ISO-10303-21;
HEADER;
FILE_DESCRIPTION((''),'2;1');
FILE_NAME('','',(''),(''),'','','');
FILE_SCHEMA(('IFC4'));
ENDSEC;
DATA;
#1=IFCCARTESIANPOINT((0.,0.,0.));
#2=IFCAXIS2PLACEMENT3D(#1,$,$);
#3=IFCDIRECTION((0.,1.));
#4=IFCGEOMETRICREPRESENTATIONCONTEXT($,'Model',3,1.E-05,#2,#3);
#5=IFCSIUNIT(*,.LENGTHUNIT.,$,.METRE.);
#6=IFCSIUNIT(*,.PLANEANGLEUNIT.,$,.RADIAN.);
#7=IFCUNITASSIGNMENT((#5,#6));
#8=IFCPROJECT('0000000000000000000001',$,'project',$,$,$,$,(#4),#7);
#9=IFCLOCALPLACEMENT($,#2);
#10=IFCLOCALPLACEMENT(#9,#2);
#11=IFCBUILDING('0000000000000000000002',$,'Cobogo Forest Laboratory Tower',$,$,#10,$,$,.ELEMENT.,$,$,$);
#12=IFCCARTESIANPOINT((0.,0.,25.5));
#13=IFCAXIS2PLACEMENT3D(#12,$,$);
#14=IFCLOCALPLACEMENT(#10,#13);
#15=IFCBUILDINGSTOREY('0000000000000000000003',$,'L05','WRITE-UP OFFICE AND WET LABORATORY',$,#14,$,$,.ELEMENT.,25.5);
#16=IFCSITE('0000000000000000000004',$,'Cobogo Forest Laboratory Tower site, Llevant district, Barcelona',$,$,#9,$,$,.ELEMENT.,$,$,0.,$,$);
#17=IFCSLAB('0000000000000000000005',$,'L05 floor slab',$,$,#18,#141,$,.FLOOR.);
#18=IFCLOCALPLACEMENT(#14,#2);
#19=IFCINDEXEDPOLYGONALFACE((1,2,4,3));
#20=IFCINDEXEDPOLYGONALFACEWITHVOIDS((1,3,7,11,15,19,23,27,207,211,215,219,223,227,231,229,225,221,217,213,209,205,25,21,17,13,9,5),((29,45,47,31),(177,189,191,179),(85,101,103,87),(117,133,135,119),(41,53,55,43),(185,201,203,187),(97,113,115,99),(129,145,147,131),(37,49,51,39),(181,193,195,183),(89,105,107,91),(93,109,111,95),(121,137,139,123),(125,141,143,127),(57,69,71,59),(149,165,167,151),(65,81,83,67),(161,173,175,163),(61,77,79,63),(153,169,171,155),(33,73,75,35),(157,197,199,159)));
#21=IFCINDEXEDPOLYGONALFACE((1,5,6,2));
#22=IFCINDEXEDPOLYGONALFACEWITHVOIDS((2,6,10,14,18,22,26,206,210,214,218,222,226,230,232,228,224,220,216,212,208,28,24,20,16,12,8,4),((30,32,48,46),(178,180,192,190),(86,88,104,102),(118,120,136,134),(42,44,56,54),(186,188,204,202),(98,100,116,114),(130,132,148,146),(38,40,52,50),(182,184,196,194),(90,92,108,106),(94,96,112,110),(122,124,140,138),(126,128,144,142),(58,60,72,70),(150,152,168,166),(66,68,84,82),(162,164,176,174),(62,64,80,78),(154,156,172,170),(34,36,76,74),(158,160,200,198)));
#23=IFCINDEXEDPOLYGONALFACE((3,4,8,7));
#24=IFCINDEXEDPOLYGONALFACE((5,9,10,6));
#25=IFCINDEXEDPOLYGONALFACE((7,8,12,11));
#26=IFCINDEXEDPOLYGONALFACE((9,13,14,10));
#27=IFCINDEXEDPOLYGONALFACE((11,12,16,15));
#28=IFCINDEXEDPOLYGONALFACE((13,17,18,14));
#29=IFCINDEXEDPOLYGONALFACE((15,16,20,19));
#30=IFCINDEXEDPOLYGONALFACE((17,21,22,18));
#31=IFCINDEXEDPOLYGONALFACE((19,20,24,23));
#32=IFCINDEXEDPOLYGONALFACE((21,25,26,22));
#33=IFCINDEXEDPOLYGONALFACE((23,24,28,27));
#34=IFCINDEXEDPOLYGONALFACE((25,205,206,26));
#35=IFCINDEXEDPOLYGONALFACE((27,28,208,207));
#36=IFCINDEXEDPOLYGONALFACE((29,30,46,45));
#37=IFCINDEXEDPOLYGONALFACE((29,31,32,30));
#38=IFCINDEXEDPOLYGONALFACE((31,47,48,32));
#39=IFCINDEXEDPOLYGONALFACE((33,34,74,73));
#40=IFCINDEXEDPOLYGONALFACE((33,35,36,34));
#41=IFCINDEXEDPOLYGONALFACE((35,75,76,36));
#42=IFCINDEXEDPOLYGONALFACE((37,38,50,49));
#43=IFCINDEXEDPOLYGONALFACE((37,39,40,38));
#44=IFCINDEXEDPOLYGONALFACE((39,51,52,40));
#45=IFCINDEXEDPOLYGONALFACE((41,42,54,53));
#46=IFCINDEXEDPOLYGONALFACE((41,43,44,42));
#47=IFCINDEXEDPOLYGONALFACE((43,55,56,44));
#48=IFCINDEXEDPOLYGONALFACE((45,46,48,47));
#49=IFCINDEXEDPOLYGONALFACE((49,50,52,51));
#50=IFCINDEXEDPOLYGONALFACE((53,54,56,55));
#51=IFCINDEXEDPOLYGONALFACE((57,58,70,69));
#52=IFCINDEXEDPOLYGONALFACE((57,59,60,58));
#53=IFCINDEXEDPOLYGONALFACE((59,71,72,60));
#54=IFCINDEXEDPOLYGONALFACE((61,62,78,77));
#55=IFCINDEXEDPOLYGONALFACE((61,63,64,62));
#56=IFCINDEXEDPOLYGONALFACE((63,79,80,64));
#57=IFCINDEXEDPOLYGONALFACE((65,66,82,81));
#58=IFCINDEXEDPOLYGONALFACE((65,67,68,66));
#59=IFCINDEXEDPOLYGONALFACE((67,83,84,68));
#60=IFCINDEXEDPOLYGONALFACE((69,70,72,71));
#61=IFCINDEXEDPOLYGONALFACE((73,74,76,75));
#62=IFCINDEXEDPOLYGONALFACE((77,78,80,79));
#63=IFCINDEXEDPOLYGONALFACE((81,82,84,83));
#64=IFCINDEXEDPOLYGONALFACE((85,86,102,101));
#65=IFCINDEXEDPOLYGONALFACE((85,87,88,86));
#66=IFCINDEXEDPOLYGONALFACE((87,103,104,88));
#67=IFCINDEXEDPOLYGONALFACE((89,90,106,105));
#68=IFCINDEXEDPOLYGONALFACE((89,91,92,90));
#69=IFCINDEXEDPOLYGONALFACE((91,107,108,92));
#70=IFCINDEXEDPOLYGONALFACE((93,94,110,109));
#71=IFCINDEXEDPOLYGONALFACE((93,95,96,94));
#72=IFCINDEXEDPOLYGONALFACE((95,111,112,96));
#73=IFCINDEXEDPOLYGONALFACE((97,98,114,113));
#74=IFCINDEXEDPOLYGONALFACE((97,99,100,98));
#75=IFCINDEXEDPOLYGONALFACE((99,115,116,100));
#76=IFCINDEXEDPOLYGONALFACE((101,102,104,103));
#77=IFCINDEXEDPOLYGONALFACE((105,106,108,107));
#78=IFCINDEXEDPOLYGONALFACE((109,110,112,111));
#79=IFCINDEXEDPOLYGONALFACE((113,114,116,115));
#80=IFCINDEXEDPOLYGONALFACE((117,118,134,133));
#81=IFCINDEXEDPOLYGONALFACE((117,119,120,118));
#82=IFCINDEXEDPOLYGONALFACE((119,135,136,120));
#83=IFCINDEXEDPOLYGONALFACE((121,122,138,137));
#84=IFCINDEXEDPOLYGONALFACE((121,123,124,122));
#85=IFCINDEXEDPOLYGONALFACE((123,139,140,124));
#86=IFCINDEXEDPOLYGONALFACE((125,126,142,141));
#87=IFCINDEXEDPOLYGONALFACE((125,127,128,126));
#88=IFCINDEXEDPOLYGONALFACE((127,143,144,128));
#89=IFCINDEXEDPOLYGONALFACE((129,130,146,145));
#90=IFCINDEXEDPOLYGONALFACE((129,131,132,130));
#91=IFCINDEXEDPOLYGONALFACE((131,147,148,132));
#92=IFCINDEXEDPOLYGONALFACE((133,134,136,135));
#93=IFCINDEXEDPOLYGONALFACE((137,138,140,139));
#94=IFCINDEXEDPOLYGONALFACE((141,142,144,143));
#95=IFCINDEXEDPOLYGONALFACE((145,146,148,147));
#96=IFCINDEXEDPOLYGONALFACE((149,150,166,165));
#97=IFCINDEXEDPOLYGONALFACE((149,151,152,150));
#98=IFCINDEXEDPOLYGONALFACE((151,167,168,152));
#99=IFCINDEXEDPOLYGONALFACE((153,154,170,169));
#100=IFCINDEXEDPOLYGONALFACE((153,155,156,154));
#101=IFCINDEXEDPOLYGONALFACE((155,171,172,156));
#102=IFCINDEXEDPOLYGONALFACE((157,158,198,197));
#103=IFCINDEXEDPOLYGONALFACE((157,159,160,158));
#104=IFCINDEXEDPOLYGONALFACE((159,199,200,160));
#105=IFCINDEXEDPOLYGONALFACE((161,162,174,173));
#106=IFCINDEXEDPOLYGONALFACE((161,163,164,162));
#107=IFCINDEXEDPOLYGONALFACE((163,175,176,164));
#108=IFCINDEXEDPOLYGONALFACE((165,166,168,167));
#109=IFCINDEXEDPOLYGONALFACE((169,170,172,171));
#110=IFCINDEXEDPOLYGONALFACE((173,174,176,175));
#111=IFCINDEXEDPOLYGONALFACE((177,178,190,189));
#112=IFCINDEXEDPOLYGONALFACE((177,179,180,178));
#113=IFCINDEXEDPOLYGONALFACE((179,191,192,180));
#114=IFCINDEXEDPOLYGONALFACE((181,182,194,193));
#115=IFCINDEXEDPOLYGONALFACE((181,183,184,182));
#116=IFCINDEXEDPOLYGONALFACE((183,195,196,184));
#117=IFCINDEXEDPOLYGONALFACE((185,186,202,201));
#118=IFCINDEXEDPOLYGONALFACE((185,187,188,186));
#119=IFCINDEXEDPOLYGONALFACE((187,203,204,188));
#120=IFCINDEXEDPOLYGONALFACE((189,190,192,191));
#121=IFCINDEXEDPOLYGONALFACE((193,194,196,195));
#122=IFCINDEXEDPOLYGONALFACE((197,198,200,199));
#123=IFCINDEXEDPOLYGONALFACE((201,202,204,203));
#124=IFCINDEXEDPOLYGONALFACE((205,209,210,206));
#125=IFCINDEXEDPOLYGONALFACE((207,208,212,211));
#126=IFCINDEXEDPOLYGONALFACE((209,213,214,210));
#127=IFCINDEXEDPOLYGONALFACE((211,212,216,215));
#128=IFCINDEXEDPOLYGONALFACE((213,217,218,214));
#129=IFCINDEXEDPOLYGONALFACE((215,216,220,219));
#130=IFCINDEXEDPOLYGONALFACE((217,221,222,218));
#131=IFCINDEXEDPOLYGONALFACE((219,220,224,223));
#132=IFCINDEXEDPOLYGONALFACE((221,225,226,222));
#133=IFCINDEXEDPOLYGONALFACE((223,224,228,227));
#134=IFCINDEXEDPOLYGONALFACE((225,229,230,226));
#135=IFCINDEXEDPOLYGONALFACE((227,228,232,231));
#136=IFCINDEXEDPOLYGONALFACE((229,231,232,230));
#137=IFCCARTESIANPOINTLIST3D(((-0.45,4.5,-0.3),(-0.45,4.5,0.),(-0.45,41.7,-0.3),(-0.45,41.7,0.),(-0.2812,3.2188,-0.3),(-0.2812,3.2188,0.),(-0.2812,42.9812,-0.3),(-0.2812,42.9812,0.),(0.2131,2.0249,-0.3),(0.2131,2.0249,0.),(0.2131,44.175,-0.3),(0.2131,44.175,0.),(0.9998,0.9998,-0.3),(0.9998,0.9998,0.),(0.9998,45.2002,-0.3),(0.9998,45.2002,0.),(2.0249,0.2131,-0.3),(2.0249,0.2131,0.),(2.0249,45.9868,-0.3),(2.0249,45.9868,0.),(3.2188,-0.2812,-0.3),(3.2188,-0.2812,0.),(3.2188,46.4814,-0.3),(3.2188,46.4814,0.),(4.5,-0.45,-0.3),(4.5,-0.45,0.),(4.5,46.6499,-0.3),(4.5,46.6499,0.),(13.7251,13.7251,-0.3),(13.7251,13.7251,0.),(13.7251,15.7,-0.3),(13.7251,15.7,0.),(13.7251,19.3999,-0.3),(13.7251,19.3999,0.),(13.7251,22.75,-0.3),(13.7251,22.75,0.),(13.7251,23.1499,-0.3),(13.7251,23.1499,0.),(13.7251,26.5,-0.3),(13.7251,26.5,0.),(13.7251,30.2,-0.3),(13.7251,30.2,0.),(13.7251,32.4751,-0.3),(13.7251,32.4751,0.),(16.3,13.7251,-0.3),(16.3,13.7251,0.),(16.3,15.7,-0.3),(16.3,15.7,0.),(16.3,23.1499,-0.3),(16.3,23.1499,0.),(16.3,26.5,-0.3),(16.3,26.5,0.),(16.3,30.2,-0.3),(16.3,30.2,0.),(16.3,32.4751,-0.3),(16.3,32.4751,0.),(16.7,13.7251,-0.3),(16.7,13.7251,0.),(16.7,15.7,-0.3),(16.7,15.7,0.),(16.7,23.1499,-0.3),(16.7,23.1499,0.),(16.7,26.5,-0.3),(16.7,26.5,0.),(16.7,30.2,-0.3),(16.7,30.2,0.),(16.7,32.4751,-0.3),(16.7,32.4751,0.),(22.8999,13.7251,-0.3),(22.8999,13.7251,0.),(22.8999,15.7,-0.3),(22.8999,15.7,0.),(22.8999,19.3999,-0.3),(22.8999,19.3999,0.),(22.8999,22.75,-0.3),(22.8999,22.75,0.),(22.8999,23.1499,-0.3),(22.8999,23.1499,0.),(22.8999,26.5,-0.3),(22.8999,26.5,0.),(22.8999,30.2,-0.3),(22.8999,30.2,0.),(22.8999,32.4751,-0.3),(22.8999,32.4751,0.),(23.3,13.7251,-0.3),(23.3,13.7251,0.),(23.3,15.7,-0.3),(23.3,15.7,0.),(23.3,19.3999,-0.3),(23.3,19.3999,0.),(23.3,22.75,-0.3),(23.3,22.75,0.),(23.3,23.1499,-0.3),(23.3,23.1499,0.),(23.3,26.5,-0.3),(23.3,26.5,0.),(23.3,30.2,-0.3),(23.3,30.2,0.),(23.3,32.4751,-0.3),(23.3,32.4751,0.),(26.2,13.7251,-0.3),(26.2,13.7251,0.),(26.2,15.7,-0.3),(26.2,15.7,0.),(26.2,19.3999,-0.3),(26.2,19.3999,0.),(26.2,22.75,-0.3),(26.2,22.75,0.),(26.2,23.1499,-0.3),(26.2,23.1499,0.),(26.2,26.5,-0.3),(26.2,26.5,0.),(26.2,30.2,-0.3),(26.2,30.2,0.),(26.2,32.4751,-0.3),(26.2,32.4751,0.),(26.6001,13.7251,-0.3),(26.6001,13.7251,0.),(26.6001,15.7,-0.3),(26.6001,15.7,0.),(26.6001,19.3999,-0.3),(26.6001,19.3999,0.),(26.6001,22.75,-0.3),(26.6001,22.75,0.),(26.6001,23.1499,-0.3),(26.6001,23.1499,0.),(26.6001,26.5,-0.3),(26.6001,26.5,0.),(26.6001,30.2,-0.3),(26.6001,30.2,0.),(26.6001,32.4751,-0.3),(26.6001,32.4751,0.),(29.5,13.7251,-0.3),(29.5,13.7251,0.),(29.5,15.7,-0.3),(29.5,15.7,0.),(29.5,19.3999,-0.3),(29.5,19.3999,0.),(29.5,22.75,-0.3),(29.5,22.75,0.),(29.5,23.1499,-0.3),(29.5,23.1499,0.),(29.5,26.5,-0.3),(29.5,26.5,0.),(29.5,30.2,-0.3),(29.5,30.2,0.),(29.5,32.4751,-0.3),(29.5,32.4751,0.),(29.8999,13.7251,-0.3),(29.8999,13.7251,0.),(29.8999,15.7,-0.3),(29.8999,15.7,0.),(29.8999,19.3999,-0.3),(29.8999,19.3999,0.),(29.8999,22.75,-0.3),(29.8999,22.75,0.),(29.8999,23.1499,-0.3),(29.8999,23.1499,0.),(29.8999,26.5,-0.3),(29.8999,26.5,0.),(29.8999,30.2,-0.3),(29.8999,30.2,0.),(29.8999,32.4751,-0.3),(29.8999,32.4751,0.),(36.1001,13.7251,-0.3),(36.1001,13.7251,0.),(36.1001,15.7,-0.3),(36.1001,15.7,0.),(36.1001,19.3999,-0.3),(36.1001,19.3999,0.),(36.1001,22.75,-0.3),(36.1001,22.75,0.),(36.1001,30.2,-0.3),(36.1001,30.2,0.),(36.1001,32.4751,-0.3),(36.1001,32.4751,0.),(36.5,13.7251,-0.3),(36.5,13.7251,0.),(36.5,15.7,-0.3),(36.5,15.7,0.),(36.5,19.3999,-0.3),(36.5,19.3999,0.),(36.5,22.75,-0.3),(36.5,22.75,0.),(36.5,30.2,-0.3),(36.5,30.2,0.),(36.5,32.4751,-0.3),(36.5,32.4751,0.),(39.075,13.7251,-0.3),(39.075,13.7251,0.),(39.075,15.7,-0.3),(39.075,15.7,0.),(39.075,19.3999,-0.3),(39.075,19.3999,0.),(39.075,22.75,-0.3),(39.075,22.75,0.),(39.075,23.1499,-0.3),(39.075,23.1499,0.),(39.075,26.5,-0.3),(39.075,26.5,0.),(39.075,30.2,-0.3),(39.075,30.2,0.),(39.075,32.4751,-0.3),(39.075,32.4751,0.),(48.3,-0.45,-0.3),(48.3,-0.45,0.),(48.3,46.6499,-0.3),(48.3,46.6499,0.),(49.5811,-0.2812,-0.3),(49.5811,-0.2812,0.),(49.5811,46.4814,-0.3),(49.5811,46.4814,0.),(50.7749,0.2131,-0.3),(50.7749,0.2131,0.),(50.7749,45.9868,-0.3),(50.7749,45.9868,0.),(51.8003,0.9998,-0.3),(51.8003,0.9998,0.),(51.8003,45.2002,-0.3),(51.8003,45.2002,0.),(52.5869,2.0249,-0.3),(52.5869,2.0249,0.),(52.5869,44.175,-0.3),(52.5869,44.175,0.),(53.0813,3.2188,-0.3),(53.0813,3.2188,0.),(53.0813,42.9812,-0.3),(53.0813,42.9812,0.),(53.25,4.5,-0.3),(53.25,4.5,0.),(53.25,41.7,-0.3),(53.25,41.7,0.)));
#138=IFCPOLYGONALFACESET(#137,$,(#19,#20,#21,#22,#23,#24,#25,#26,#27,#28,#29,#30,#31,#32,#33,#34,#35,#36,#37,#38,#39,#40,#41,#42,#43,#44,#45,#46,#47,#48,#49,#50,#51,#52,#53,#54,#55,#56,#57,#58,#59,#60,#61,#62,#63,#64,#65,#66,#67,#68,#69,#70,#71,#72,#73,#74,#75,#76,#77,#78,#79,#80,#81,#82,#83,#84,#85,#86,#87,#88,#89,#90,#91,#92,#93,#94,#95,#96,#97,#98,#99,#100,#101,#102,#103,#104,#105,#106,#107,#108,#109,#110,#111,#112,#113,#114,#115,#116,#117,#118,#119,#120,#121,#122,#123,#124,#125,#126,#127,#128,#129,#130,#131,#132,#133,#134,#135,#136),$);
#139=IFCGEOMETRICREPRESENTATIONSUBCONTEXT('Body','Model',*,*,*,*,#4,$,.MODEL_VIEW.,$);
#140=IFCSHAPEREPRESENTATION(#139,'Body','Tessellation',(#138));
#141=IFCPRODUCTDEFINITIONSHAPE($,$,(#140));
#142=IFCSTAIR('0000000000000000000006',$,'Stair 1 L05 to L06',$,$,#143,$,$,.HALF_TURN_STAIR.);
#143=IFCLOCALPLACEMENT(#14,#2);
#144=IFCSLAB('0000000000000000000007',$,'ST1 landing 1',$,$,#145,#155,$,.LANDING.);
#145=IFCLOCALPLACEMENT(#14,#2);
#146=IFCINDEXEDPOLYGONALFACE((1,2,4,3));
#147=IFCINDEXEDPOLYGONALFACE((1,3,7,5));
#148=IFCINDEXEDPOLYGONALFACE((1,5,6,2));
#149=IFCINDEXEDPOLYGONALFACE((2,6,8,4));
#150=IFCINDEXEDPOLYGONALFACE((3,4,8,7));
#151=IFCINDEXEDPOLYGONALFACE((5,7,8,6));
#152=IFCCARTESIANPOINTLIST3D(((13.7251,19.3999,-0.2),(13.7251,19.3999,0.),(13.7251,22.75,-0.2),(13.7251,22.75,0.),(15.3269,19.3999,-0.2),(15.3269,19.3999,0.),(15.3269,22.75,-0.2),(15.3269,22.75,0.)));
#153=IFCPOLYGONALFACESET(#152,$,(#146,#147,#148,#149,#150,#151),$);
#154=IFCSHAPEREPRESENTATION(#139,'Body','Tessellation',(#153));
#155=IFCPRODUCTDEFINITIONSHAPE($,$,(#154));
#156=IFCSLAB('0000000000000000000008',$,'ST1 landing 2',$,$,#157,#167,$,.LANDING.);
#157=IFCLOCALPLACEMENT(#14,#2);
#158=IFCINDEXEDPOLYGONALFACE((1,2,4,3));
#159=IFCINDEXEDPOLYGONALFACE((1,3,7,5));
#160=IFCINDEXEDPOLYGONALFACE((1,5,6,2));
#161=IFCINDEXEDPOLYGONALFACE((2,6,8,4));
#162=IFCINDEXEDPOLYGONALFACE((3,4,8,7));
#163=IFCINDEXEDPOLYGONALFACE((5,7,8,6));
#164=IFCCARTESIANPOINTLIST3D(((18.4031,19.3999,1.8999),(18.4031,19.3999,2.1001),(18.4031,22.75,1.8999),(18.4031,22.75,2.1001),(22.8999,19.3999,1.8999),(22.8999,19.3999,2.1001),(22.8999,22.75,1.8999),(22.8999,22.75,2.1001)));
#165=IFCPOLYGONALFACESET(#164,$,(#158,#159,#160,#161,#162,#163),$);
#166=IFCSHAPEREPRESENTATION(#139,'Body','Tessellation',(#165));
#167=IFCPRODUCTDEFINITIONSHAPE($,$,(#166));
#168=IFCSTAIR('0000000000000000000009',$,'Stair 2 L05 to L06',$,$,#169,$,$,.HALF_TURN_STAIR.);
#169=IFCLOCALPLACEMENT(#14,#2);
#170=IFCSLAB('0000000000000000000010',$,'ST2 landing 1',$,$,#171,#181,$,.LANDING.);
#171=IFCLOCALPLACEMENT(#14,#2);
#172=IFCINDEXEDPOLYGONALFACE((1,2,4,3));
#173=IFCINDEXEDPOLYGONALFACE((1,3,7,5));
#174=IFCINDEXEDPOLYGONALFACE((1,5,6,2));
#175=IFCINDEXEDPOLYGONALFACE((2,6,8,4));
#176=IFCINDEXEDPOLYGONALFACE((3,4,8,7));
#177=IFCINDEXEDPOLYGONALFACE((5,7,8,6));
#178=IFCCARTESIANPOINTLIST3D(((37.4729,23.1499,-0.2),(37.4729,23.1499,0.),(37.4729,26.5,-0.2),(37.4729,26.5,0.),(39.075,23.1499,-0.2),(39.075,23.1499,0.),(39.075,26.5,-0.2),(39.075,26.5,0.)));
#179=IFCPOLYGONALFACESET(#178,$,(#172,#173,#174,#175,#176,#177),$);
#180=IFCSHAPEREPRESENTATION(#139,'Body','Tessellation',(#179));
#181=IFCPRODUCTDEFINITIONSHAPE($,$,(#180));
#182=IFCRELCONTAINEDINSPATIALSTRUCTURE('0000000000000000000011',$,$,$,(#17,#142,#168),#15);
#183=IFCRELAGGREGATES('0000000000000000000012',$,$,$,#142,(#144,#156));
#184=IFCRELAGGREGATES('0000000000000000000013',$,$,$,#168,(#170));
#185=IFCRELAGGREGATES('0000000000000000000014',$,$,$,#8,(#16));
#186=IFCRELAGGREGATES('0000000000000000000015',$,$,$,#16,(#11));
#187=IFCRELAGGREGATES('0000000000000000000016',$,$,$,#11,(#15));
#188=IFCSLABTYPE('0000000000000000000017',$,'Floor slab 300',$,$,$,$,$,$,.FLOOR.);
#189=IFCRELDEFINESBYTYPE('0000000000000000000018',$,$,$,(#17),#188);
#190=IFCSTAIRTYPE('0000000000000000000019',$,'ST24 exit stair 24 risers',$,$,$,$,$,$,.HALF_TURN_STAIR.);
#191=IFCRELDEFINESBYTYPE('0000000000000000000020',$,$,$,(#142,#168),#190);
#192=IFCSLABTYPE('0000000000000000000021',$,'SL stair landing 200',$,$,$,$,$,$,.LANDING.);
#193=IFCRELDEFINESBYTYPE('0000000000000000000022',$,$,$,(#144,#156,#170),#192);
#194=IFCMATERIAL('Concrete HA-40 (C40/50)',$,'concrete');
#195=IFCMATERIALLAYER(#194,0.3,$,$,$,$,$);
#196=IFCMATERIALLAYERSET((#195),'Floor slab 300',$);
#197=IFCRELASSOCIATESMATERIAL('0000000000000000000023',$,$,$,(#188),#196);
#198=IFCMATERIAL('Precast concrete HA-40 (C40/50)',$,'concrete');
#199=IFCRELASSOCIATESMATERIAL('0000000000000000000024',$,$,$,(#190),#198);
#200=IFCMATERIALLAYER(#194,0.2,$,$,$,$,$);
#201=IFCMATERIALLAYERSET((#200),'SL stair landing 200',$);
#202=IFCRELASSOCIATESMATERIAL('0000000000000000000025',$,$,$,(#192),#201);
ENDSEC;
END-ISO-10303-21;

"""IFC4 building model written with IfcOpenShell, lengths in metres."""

from ifc_helpers import new_model, si_unit, direction, frame, origin, place, context, subcontext, project, spatial, polyline, outline, extrude, material, layer, layer_set, type_object, element, aggregate, save


model = new_model("IFC4")

# Units and contexts
model_context = context("Model", 3, precision=1e-05, world=origin(), true_north=direction((0.0, 1.0)))
body_context = subcontext(model_context, "Body", "Model", "MODEL_VIEW")
ifc_project = project(units=[si_unit("LENGTHUNIT", "METRE"), si_unit("PLANEANGLEUNIT", "RADIAN")], contexts=[model_context])

# Site, building, storey
site_placement = place(None, origin())
site = spatial("IfcSite", under=ifc_project, at=site_placement, Name="Cobogo Forest Laboratory Tower site, Llevant district, Barcelona", CompositionType="ELEMENT", RefElevation=0.0)
building_placement = place(site_placement, origin())
building = spatial("IfcBuilding", under=site, at=building_placement, Name="Cobogo Forest Laboratory Tower", CompositionType="ELEMENT")
storey_placement = place(building_placement, frame((0.0, 0.0, 25.5)))
storey = spatial("IfcBuildingStorey", under=building, at=storey_placement, Name="L05", Description="WRITE-UP OFFICE AND WET LABORATORY", CompositionType="ELEMENT", Elevation=25.5)

# Slab
ifc_material_1 = material(Name="Concrete HA-40 (C40/50)", Category="concrete")
ifc_layer_1 = layer(ifc_material_1, 0.3)
ifc_layer_set_1 = layer_set([ifc_layer_1], Name="Floor slab 300")
slab_type_1 = type_object("IfcSlabType", Name="Floor slab 300", PredefinedType="FLOOR", material=ifc_layer_set_1)
slab_1_placement = place(storey_placement, frame((0.0, 0.0, -0.3)))
element("IfcSlab", 1, at=slab_1_placement, inside=storey, type_object=slab_type_1, Name="L05 floor slab", PredefinedType="FLOOR", context=body_context, shape_type="SweptSolid", body=[
    extrude(outline(polyline([(48.3, -0.45), (49.5811, -0.2812), (50.7749, 0.2131), (51.8003, 0.9998), (52.5869, 2.0249), (53.0813, 3.2188), (53.25, 4.5), (53.25, 41.7), (53.0813, 42.9812), (52.5869, 44.175), (51.8003, 45.2002), (50.7749, 45.9868), (49.5811, 46.4814), (48.3, 46.6499), (4.5, 46.6499), (3.2188, 46.4814), (2.0249, 45.9868), (0.9998, 45.2002), (0.2131, 44.175), (-0.2812, 42.9812), (-0.45, 41.7), (-0.45, 4.5), (-0.2812, 3.2188), (0.2131, 2.0249), (0.9998, 0.9998), (2.0249, 0.2131), (3.2188, -0.2812), (4.5, -0.45), (48.3, -0.45)]), holes=[polyline([(16.3, 13.7251), (13.7251, 13.7251), (13.7251, 15.7), (16.3, 15.7), (16.3, 13.7251)]), polyline([(22.8999, 15.7), (22.8999, 13.7251), (16.7, 13.7251), (16.7, 15.7), (22.8999, 15.7)]), polyline([(23.3, 13.7251), (23.3, 15.7), (26.2, 15.7), (26.2, 13.7251), (23.3, 13.7251)]), polyline([(29.5, 13.7251), (26.6001, 13.7251), (26.6001, 15.7), (29.5, 15.7), (29.5, 13.7251)]), polyline([(36.1001, 15.7), (36.1001, 13.7251), (29.8999, 13.7251), (29.8999, 15.7), (36.1001, 15.7)]), polyline([(36.5, 13.7251), (36.5, 15.7), (39.075, 15.7), (39.075, 13.7251), (36.5, 13.7251)]), polyline([(13.7251, 19.3999), (13.7251, 22.75), (22.8999, 22.75), (22.8999, 19.3999), (13.7251, 19.3999)]), polyline([(23.3, 19.3999), (23.3, 22.75), (26.2, 22.75), (26.2, 19.3999), (23.3, 19.3999)]), polyline([(26.6001, 19.3999), (26.6001, 22.75), (29.5, 22.75), (29.5, 19.3999), (26.6001, 19.3999)]), polyline([(36.1001, 22.75), (36.1001, 19.3999), (29.8999, 19.3999), (29.8999, 22.75), (36.1001, 22.75)]), polyline([(39.075, 19.3999), (36.5, 19.3999), (36.5, 22.75), (39.075, 22.75), (39.075, 19.3999)]), polyline([(13.7251, 23.1499), (13.7251, 26.5), (16.3, 26.5), (16.3, 23.1499), (13.7251, 23.1499)]), polyline([(22.8999, 26.5), (22.8999, 23.1499), (16.7, 23.1499), (16.7, 26.5), (22.8999, 26.5)]), polyline([(23.3, 23.1499), (23.3, 26.5), (26.2, 26.5), (26.2, 23.1499), (23.3, 23.1499)]), polyline([(26.6001, 23.1499), (26.6001, 26.5), (29.5, 26.5), (29.5, 23.1499), (26.6001, 23.1499)]), polyline([(29.8999, 23.1499), (29.8999, 26.5), (39.075, 26.5), (39.075, 23.1499), (29.8999, 23.1499)]), polyline([(13.7251, 30.2), (13.7251, 32.4751), (16.3, 32.4751), (16.3, 30.2), (13.7251, 30.2)]), polyline([(22.8999, 32.4751), (22.8999, 30.2), (16.7, 30.2), (16.7, 32.4751), (22.8999, 32.4751)]), polyline([(23.3, 30.2), (23.3, 32.4751), (26.2, 32.4751), (26.2, 30.2), (23.3, 30.2)]), polyline([(26.6001, 30.2), (26.6001, 32.4751), (29.5, 32.4751), (29.5, 30.2), (26.6001, 30.2)]), polyline([(36.1001, 32.4751), (36.1001, 30.2), (29.8999, 30.2), (29.8999, 32.4751), (36.1001, 32.4751)]), polyline([(36.5, 30.2), (36.5, 32.4751), (39.075, 32.4751), (39.075, 30.2), (36.5, 30.2)])]), origin(), (0.0, 0.0, 1.0), 0.3),
])

# Stairs, slabs
ifc_material_2 = material(Name="Precast concrete HA-40 (C40/50)", Category="concrete")
stair_type = type_object("IfcStairType", Name="ST24 exit stair 24 risers", PredefinedType="HALF_TURN_STAIR", material=ifc_material_2)
stair_1_placement = place(storey_placement, origin())
stair_1 = element("IfcStair", 2, at=stair_1_placement, inside=storey, type_object=stair_type, Name="Stair 1 L05 to L06", PredefinedType="HALF_TURN_STAIR")
ifc_layer_2 = layer(ifc_material_1, 0.2)
ifc_layer_set_2 = layer_set([ifc_layer_2], Name="SL stair landing 200")
slab_type_2 = type_object("IfcSlabType", Name="SL stair landing 200", PredefinedType="LANDING", material=ifc_layer_set_2)
slab_2_placement = place(storey_placement, frame((0.0, 0.0, -0.2)))
slab_2 = element("IfcSlab", 3, at=slab_2_placement, type_object=slab_type_2, Name="ST1 landing 1", PredefinedType="LANDING", context=body_context, shape_type="SweptSolid", body=[
    extrude(outline(polyline([(13.7251, 19.3999), (15.3269, 19.3999), (15.3269, 22.75), (13.7251, 22.75), (13.7251, 19.3999)])), origin(), (0.0, 0.0, 1.0), 0.2),
])
slab_3_placement = place(storey_placement, frame((0.0, 0.0, 1.8999)))
slab_3 = element("IfcSlab", 4, at=slab_3_placement, type_object=slab_type_2, Name="ST1 landing 2", PredefinedType="LANDING", context=body_context, shape_type="SweptSolid", body=[
    extrude(outline(polyline([(18.4031, 19.3999), (22.8999, 19.3999), (22.8999, 22.75), (18.4031, 22.75), (18.4031, 19.3999)])), origin(), (0.0, 0.0, 1.0), 0.2002),
])
aggregate(stair_1, [slab_2, slab_3])
stair_2_placement = place(storey_placement, origin())
stair_2 = element("IfcStair", 5, at=stair_2_placement, inside=storey, type_object=stair_type, Name="Stair 2 L05 to L06", PredefinedType="HALF_TURN_STAIR")
slab_4_placement = place(storey_placement, frame((0.0, 0.0, -0.2)))
slab_4 = element("IfcSlab", 6, at=slab_4_placement, type_object=slab_type_2, Name="ST2 landing 1", PredefinedType="LANDING", context=body_context, shape_type="SweptSolid", body=[
    extrude(outline(polyline([(37.4729, 23.1499), (39.075, 23.1499), (39.075, 26.5), (37.4729, 26.5), (37.4729, 23.1499)])), origin(), (0.0, 0.0, 1.0), 0.2),
])
aggregate(stair_2, [slab_4])

save(model, "model.ifc")
